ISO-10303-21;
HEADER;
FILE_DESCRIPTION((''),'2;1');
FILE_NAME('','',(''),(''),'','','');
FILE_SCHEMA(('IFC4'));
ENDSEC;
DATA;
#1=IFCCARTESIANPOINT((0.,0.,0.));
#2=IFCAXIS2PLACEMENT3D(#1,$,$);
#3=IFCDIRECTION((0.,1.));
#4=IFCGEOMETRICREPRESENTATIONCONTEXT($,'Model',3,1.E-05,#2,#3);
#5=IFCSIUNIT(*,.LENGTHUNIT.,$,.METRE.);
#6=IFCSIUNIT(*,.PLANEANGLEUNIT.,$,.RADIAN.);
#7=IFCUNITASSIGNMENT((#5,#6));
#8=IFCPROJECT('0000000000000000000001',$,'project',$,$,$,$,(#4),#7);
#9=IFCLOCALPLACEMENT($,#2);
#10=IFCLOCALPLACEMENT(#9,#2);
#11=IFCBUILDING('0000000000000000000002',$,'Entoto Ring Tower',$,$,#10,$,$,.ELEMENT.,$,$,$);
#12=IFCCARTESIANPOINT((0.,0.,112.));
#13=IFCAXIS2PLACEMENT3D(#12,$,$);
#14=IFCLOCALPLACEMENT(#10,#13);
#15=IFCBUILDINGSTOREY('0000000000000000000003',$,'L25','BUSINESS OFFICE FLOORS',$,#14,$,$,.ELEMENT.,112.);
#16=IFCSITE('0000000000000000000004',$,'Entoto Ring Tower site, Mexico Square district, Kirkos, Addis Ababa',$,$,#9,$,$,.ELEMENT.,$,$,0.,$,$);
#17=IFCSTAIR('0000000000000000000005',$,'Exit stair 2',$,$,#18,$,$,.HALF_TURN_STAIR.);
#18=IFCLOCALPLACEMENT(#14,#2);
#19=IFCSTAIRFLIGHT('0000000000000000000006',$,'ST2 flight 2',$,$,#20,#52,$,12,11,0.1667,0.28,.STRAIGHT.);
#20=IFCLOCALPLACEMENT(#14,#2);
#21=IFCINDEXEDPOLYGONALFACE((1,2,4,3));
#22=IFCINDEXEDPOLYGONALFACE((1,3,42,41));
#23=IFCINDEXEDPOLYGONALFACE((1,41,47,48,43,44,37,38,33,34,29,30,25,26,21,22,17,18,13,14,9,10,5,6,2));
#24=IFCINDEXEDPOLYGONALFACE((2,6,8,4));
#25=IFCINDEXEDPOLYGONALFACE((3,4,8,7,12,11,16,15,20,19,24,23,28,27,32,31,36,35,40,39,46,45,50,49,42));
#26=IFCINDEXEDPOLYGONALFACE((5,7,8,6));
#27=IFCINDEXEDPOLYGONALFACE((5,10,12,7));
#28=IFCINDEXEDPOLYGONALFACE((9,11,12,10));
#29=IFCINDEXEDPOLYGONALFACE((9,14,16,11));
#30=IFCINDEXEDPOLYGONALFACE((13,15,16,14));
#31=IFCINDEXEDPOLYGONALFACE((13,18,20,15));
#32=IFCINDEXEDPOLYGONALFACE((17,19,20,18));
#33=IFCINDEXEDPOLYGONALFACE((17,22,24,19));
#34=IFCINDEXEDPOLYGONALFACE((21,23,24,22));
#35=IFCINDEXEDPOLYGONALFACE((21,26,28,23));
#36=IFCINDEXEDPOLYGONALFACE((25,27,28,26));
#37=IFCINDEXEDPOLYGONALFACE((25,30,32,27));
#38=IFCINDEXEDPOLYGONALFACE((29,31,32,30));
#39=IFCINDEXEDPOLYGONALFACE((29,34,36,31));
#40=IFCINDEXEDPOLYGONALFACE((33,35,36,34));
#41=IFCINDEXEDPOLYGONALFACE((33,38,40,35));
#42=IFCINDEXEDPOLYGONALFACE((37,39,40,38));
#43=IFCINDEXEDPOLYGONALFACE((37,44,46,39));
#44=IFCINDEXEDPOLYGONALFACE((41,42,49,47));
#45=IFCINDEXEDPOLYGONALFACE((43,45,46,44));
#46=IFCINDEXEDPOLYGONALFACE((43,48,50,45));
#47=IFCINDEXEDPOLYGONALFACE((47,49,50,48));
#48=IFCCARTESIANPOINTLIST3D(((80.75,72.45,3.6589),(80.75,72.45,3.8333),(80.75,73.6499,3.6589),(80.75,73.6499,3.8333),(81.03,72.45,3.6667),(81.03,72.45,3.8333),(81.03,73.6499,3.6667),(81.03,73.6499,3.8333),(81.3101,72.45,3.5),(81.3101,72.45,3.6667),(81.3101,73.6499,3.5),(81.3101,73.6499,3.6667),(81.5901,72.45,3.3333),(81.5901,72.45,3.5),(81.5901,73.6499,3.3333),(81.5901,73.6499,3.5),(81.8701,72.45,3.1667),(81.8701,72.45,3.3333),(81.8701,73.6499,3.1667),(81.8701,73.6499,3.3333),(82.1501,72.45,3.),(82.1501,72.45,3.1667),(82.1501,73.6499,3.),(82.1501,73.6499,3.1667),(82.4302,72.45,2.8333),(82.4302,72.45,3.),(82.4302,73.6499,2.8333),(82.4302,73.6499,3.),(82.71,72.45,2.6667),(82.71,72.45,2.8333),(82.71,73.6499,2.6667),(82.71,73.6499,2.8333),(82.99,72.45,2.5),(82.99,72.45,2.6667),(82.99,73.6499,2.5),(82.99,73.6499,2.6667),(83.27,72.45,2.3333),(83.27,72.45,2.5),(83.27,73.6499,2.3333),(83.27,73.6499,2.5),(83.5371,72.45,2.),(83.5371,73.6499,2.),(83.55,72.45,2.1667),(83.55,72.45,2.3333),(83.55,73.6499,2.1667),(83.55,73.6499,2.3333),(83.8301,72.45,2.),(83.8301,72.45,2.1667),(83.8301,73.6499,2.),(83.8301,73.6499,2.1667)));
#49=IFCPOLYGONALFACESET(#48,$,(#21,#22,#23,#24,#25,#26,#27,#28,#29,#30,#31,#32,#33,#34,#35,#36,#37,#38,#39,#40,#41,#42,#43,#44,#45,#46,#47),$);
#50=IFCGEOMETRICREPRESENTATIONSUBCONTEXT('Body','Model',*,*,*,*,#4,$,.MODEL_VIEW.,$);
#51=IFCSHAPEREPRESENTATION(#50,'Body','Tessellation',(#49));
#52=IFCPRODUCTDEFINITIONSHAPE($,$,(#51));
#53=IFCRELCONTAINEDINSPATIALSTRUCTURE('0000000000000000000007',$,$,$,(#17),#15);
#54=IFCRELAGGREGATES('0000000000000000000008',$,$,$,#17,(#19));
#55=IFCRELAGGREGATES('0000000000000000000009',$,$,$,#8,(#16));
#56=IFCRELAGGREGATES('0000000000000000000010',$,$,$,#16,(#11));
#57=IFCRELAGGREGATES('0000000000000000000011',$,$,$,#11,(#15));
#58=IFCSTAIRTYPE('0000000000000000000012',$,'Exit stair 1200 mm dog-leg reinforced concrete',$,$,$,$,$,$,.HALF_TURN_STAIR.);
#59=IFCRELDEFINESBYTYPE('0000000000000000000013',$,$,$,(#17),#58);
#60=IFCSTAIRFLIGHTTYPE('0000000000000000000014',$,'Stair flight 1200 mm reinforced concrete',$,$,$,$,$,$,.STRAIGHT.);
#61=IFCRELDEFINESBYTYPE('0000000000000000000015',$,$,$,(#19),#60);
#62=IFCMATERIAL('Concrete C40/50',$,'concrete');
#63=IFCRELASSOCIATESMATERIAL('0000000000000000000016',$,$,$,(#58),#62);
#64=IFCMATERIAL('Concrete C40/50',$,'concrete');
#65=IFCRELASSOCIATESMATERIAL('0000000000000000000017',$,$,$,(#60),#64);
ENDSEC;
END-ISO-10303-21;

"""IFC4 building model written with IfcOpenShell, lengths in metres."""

from ifc_helpers import new_model, si_unit, direction, frame, origin, place, context, subcontext, project, spatial, polyline, outline, extrude, material, type_object, element, aggregate, save


model = new_model("IFC4")

# Units and contexts
model_context = context("Model", 3, precision=1e-05, world=origin(), true_north=direction((0.0, 1.0)))
body_context = subcontext(model_context, "Body", "Model", "MODEL_VIEW")
ifc_project = project(units=[si_unit("LENGTHUNIT", "METRE"), si_unit("PLANEANGLEUNIT", "RADIAN")], contexts=[model_context])

# Site, building, storey
site_placement = place(None, origin())
site = spatial("IfcSite", under=ifc_project, at=site_placement, Name="Entoto Ring Tower site, Mexico Square district, Kirkos, Addis Ababa", CompositionType="ELEMENT", RefElevation=0.0)
building_placement = place(site_placement, origin())
building = spatial("IfcBuilding", under=site, at=building_placement, Name="Entoto Ring Tower", CompositionType="ELEMENT")
storey_placement = place(building_placement, frame((0.0, 0.0, 112.0)))
storey = spatial("IfcBuildingStorey", under=building, at=storey_placement, Name="L25", Description="BUSINESS OFFICE FLOORS", CompositionType="ELEMENT", Elevation=112.0)

# Stair, stair flight
ifc_material_1 = material(Name="Concrete C40/50", Category="concrete")
stair_type = type_object("IfcStairType", Name="Exit stair 1200 mm dog-leg reinforced concrete", PredefinedType="HALF_TURN_STAIR", material=ifc_material_1)
stair_placement = place(storey_placement, origin())
stair = element("IfcStair", 1, at=stair_placement, inside=storey, type_object=stair_type, Name="Exit stair 2", PredefinedType="HALF_TURN_STAIR")
ifc_material_2 = material(Name="Concrete C40/50", Category="concrete")
stair_flight_type = type_object("IfcStairFlightType", Name="Stair flight 1200 mm reinforced concrete", PredefinedType="STRAIGHT", material=ifc_material_2)
stair_flight_1_placement = place(storey_placement, frame((83.8301, 73.05, 2.0), z_axis=(0.0, 0.0, 1.0), x_axis=(-1.0, 0.0, 0.0)))
stair_flight_1 = element("IfcStairFlight", 2, at=stair_flight_1_placement, type_object=stair_flight_type, Name="ST2 flight 2", NumberOfRisers=12, NumberOfTreads=11, PredefinedType="STRAIGHT", RiserHeight=0.1667, TreadLength=0.28, context=body_context, shape_type="SweptSolid", body=[
    extrude(outline(polyline([(0.0, 0.0), (0.0, 0.1667), (0.28, 0.1667), (0.28, 0.3333), (0.5601, 0.3333), (0.5601, 0.5), (0.8401, 0.5), (0.8401, 0.6667), (1.1201, 0.6667), (1.1201, 0.8333), (1.3999, 0.8333), (1.3999, 1.0), (1.6799, 1.0), (1.6799, 1.1667), (1.96, 1.1667), (1.96, 1.3333), (2.24, 1.3333), (2.24, 1.5), (2.52, 1.5), (2.52, 1.6667), (2.8, 1.6667), (2.8, 1.8333), (3.0801, 1.8333), (3.0801, 2.0), (3.0801, 1.6589), (0.293, 0.0), (0.0, 0.0)])), frame((0.0, 0.6001, 0.0), z_axis=(0.0, -1.0, 0.0), x_axis=(1.0, 0.0, 0.0)), (0.0, 0.0, 1.0), 1.2),
])
aggregate(stair, [stair_flight_1])

save(model, "model.ifc")
